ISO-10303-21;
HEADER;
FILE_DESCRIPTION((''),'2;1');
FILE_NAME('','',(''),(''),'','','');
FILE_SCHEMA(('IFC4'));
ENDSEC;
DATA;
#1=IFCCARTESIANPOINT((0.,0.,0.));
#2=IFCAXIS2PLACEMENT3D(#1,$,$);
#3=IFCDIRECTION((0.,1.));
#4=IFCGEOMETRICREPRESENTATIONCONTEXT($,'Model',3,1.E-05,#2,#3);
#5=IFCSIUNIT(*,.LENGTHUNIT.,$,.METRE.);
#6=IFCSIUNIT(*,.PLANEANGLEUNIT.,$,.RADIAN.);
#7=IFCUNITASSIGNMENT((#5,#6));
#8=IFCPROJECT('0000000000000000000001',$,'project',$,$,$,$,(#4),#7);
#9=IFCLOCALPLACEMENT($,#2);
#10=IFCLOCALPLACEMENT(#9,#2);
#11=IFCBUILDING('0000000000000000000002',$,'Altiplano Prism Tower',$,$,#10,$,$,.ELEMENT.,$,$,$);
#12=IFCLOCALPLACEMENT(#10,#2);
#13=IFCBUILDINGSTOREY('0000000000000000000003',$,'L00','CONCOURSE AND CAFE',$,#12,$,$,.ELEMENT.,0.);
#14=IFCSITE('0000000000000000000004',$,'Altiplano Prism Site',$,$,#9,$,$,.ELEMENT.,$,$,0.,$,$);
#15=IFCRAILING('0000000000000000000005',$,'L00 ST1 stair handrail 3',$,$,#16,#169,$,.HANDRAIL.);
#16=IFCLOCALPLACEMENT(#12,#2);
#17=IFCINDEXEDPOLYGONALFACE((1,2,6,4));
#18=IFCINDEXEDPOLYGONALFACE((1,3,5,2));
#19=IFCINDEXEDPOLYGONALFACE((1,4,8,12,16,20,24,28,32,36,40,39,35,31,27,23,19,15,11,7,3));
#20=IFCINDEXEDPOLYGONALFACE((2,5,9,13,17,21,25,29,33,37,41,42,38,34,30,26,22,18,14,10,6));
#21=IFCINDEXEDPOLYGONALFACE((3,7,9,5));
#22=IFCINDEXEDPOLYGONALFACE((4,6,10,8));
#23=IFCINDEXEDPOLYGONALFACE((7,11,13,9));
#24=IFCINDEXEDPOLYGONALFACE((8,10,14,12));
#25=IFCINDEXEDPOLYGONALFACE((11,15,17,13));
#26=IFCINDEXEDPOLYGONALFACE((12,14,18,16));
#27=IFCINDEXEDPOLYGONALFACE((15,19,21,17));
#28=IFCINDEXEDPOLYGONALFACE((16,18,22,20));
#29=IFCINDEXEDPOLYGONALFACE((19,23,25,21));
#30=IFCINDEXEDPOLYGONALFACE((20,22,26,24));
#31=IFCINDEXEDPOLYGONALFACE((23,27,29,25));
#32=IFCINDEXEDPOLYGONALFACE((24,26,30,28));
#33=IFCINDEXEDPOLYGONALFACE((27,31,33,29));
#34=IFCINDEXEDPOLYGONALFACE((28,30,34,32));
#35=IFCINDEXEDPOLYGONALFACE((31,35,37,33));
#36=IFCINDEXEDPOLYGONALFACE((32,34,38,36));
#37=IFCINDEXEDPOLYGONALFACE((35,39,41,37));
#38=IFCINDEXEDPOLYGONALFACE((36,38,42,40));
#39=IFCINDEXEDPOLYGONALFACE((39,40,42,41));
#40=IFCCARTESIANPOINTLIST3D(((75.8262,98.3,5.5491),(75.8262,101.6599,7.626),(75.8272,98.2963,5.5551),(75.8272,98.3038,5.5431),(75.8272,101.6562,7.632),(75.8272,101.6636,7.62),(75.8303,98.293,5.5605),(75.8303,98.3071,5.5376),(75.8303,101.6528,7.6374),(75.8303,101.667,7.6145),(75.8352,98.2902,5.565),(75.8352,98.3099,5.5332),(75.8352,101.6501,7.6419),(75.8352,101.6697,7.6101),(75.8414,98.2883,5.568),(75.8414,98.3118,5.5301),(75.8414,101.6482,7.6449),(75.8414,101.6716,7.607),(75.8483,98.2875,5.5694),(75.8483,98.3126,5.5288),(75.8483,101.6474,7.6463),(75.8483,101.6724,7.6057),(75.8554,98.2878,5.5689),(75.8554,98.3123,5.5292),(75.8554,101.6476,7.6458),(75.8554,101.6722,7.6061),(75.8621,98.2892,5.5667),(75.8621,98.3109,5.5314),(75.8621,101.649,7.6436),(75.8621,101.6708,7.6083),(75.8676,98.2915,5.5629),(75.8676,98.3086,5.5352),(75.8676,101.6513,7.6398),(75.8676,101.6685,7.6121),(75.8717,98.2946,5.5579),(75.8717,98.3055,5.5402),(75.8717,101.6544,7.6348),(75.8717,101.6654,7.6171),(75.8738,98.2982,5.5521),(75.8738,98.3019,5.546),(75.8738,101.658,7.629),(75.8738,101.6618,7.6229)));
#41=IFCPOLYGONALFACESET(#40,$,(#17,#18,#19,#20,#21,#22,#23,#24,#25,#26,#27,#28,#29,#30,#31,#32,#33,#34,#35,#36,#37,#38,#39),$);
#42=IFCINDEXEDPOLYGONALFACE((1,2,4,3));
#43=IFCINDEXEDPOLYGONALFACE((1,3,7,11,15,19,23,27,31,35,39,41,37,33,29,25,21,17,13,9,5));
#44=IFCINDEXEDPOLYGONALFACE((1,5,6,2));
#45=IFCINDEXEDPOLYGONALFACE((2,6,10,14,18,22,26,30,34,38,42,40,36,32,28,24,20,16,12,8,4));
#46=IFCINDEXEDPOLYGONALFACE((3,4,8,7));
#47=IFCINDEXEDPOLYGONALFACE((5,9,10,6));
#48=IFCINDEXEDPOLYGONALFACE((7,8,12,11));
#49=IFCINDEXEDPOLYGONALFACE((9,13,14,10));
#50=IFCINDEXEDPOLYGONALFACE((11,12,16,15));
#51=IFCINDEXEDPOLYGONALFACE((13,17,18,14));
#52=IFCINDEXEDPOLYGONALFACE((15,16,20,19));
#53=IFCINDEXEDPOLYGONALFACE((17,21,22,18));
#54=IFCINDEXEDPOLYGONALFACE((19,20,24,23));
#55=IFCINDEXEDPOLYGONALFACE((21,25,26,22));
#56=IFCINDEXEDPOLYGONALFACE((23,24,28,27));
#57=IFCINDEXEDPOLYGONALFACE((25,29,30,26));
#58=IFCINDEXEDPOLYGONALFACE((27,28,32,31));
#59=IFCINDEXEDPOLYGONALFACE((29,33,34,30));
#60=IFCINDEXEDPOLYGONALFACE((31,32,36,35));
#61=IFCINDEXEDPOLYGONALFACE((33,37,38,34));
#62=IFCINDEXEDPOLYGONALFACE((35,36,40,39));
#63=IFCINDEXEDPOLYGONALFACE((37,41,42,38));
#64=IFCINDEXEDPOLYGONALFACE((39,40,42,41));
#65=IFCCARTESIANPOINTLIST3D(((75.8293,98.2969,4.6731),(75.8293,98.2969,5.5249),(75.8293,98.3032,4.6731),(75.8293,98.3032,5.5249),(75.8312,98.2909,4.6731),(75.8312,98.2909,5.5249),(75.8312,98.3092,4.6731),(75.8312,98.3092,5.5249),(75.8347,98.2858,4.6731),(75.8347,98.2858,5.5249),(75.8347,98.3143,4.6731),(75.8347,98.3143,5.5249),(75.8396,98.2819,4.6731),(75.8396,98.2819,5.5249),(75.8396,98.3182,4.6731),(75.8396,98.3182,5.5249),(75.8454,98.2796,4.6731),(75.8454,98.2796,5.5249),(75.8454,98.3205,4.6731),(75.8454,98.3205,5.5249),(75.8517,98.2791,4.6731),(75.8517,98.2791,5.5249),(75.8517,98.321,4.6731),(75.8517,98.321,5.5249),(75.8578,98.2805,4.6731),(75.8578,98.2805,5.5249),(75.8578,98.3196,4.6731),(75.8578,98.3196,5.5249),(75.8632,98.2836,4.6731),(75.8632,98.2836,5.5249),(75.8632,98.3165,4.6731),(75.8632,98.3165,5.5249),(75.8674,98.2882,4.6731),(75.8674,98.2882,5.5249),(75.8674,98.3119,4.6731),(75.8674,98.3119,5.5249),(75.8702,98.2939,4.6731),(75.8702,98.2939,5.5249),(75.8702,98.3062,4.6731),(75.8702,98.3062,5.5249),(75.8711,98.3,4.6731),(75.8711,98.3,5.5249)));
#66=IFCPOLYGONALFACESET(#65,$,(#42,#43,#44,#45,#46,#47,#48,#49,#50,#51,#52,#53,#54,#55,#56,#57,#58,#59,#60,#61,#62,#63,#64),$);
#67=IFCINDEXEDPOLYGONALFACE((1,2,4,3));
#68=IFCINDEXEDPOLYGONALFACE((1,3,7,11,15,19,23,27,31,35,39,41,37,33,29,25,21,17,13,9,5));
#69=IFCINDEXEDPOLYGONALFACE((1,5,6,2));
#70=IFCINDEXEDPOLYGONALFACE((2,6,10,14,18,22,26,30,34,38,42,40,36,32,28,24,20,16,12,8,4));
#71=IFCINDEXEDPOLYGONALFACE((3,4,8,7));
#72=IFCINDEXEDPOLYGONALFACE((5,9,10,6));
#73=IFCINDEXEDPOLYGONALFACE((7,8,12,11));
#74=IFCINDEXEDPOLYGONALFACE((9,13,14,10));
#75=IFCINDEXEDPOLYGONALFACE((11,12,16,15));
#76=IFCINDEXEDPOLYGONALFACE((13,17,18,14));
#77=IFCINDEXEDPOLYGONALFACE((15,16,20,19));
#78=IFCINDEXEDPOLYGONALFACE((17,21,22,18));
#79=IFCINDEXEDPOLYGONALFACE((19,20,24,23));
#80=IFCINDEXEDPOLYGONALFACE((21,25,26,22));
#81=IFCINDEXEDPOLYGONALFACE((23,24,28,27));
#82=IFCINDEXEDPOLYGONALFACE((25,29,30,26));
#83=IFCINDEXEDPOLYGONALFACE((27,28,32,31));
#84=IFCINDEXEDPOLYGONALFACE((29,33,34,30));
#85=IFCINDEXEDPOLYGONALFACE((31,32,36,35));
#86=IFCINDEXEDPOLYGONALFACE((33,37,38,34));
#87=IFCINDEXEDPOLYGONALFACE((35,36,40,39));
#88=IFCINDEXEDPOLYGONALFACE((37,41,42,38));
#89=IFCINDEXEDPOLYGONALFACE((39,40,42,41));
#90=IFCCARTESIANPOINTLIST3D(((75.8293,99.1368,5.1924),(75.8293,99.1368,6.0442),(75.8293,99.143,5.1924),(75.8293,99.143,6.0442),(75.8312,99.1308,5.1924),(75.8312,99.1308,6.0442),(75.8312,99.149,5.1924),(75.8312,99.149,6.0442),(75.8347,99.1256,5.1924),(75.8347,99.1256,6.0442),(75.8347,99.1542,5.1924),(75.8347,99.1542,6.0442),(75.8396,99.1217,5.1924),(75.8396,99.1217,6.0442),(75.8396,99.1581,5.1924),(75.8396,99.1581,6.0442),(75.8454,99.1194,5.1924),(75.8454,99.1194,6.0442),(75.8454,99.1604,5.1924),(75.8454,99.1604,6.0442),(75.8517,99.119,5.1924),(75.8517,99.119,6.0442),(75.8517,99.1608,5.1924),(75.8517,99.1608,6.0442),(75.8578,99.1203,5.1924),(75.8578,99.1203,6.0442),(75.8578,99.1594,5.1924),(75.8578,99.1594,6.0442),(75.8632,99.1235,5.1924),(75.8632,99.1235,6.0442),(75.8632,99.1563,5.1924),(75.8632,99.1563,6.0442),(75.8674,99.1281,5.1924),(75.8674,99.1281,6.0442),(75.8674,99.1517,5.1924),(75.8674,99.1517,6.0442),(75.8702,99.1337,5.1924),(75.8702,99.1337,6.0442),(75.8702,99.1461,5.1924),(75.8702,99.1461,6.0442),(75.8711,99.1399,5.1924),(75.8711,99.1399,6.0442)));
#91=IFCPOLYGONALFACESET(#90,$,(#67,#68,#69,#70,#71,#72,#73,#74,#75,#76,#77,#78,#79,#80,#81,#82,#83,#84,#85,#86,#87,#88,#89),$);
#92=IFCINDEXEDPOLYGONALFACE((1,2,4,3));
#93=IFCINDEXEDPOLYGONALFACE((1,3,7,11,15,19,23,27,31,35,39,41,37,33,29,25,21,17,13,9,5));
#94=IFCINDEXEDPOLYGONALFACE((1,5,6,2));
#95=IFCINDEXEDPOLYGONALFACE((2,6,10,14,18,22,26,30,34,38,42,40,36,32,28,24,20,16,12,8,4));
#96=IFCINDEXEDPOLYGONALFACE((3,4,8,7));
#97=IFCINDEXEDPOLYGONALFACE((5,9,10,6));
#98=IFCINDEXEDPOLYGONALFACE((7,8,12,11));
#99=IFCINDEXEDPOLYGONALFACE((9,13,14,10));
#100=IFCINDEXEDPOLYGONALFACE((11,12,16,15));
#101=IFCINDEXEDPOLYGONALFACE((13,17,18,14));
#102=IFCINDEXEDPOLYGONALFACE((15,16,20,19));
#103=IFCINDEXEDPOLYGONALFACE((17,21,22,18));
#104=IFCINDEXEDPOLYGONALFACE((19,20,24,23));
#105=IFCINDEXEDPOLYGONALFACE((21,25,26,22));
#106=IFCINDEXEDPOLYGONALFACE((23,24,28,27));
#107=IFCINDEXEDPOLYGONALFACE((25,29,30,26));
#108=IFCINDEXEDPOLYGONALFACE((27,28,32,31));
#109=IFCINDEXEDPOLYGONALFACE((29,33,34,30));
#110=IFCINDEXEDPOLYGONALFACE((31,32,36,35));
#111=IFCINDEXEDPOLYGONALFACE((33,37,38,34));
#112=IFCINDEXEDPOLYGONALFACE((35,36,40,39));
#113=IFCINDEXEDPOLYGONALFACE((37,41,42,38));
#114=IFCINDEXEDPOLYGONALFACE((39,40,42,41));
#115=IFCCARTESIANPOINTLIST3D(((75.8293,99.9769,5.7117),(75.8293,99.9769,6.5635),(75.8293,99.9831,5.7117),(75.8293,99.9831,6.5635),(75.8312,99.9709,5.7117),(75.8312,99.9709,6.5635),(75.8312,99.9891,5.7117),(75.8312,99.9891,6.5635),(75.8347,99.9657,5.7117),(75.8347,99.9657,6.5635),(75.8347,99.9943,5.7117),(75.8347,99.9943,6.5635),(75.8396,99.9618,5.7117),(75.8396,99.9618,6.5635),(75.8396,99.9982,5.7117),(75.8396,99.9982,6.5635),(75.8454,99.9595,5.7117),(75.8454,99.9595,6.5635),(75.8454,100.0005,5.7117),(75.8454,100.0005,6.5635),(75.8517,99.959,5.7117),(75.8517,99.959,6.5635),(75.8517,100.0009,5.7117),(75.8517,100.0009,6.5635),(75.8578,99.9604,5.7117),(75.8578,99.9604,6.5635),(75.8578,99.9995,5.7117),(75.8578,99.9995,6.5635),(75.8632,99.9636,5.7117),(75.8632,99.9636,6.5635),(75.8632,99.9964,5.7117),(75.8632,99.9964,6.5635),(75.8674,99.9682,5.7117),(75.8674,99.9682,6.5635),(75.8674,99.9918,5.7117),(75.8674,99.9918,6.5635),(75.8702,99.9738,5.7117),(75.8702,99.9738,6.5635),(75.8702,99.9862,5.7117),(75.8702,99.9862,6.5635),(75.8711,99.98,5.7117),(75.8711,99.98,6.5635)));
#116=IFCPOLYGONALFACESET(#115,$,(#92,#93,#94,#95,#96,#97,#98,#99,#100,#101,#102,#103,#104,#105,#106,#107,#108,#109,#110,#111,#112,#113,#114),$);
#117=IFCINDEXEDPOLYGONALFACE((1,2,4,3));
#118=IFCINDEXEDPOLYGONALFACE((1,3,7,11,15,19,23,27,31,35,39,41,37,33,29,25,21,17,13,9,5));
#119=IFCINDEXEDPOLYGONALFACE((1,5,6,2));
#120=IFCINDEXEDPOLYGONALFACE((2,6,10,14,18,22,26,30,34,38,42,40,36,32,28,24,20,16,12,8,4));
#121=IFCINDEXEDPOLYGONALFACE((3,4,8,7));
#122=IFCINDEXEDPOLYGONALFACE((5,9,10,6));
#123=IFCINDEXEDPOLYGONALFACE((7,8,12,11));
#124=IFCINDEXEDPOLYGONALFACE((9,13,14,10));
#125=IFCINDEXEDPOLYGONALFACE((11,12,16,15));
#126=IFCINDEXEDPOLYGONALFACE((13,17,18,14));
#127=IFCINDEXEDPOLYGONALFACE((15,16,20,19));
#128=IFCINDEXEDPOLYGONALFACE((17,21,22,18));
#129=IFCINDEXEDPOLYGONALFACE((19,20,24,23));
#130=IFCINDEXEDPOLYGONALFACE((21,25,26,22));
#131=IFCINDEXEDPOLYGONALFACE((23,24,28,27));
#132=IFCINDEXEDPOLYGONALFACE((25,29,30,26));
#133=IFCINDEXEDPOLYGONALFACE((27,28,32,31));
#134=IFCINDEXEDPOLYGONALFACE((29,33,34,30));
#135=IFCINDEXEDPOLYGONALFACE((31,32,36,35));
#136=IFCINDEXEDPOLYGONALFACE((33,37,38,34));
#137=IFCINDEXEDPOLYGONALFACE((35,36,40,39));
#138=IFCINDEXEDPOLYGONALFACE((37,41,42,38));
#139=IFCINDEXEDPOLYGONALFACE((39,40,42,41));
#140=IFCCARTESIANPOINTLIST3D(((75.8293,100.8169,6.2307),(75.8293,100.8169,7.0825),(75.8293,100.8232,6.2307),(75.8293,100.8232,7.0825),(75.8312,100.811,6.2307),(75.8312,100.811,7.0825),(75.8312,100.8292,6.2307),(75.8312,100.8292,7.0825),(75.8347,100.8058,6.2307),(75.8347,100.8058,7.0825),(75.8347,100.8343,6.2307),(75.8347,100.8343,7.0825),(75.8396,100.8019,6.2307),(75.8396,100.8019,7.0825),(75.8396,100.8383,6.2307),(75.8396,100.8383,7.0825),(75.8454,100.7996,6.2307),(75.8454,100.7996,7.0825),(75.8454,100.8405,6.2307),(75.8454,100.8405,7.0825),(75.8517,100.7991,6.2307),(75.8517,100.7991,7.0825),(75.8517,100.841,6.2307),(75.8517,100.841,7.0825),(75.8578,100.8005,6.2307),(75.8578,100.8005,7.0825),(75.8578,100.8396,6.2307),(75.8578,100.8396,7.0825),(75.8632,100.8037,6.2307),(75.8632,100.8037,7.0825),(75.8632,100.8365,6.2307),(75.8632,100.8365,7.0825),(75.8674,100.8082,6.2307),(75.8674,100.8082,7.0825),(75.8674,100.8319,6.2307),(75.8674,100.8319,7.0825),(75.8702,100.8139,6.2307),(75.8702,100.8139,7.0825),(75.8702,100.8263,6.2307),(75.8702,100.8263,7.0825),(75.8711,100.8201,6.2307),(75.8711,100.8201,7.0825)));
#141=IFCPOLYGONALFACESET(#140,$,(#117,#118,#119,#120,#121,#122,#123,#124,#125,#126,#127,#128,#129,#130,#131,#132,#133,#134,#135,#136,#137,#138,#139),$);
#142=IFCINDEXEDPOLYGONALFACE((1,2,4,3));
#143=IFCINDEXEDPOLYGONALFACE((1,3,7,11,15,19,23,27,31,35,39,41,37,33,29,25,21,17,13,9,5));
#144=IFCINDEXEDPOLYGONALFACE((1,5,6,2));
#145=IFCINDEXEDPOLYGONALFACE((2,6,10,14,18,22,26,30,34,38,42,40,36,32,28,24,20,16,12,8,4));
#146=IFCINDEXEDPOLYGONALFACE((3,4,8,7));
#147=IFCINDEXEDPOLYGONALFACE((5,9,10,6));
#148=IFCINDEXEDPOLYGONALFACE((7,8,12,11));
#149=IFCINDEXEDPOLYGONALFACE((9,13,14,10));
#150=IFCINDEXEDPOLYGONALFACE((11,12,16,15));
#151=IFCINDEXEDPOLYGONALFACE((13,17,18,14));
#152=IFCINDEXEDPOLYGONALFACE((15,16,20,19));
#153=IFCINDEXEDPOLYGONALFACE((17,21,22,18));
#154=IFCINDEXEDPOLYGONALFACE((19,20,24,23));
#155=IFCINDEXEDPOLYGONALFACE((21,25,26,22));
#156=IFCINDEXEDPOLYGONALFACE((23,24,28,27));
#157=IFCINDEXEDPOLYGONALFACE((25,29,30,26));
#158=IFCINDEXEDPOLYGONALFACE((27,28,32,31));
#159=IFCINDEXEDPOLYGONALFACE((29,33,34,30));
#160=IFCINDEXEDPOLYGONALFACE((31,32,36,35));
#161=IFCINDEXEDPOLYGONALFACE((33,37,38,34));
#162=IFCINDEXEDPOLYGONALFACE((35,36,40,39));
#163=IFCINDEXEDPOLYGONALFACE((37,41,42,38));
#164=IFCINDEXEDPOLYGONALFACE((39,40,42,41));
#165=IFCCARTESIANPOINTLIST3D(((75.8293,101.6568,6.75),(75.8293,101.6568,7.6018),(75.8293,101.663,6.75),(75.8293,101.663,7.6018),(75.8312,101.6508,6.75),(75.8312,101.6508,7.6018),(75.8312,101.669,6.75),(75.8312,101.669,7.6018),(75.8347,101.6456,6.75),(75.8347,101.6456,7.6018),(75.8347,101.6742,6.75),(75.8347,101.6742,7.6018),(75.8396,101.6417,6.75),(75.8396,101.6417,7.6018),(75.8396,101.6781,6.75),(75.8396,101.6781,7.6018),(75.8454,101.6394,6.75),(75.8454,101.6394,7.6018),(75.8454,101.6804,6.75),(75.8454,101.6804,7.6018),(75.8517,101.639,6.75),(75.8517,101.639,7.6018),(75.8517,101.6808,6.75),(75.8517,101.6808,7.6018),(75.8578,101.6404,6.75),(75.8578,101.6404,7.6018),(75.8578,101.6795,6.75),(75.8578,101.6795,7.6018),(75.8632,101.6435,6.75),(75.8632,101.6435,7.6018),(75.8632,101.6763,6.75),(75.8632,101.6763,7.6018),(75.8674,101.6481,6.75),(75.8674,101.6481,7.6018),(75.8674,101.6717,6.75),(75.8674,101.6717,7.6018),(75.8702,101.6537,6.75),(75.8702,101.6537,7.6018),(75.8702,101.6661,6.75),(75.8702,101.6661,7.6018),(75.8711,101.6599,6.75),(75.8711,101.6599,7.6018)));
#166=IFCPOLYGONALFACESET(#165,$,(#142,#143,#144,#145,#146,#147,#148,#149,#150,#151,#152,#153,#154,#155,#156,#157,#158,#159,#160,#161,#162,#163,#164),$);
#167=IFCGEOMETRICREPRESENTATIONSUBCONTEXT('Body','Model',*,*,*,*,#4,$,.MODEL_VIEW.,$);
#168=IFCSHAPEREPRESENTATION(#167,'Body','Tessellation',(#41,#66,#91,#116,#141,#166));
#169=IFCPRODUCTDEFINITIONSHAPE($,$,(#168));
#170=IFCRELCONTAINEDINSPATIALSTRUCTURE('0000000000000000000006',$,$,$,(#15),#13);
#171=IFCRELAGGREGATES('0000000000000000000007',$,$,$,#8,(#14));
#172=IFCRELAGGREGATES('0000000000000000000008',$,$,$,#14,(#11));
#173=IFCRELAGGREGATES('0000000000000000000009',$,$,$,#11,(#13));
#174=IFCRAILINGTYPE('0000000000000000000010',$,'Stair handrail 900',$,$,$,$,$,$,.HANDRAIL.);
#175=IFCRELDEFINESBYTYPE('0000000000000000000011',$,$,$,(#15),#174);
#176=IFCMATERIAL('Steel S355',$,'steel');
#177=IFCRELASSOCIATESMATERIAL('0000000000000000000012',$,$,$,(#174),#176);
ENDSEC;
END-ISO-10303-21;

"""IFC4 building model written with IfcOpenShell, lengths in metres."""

from ifc_helpers import new_model, si_unit, direction, frame, origin, origin_2d, place, context, subcontext, project, spatial, circle, extrude, material, type_object, element, save


model = new_model("IFC4")

# Units and contexts
model_context = context("Model", 3, precision=1e-05, world=origin(), true_north=direction((0.0, 1.0)))
body_context = subcontext(model_context, "Body", "Model", "MODEL_VIEW")
ifc_project = project(units=[si_unit("LENGTHUNIT", "METRE"), si_unit("PLANEANGLEUNIT", "RADIAN")], contexts=[model_context])

# Site, building, storey
site_placement = place(None, origin())
site = spatial("IfcSite", under=ifc_project, at=site_placement, Name="Altiplano Prism Site", CompositionType="ELEMENT", RefElevation=0.0)
building_placement = place(site_placement, origin())
building = spatial("IfcBuilding", under=site, at=building_placement, Name="Altiplano Prism Tower", CompositionType="ELEMENT")
storey_placement = place(building_placement, origin())
storey = spatial("IfcBuildingStorey", under=building, at=storey_placement, Name="L00", Description="CONCOURSE AND CAFE", CompositionType="ELEMENT", Elevation=0.0)

# Railing
ifc_material_1 = material(Name="Steel S355", Category="steel")
railing_type_1 = type_object("IfcRailingType", Name="Stair handrail 900", PredefinedType="HANDRAIL", material=ifc_material_1)
railing_1_placement = place(storey_placement, frame((75.8501, 98.3, 4.6731)))
element("IfcRailing", 1, at=railing_1_placement, inside=storey, type_object=railing_type_1, Name="L00 ST1 stair handrail 3", PredefinedType="HANDRAIL", context=body_context, shape_type="SweptSolid", body=[
    extrude(circle(Radius=0.0239, at=origin_2d()), frame((0.0, 0.0, 0.876), z_axis=(0.0, 0.850606, 0.525803), x_axis=(-1.0, 0.0, 0.0)), (0.0, 0.0, 1.0), 3.95),
    extrude(circle(Radius=0.021, at=origin_2d()), origin(), (0.0, 0.0, 1.0), 0.8518),
    extrude(circle(Radius=0.021, at=origin_2d()), frame((0.0, 0.8398, 0.5193)), (0.0, 0.0, 1.0), 0.8518),
    extrude(circle(Radius=0.021, at=origin_2d()), frame((0.0, 1.6799, 1.0386)), (0.0, 0.0, 1.0), 0.8518),
    extrude(circle(Radius=0.021, at=origin_2d()), frame((0.0, 2.52, 1.5576)), (0.0, 0.0, 1.0), 0.8518),
    extrude(circle(Radius=0.021, at=origin_2d()), frame((0.0, 3.3599, 2.0769)), (0.0, 0.0, 1.0), 0.8518),
])

save(model, "model.ifc")
